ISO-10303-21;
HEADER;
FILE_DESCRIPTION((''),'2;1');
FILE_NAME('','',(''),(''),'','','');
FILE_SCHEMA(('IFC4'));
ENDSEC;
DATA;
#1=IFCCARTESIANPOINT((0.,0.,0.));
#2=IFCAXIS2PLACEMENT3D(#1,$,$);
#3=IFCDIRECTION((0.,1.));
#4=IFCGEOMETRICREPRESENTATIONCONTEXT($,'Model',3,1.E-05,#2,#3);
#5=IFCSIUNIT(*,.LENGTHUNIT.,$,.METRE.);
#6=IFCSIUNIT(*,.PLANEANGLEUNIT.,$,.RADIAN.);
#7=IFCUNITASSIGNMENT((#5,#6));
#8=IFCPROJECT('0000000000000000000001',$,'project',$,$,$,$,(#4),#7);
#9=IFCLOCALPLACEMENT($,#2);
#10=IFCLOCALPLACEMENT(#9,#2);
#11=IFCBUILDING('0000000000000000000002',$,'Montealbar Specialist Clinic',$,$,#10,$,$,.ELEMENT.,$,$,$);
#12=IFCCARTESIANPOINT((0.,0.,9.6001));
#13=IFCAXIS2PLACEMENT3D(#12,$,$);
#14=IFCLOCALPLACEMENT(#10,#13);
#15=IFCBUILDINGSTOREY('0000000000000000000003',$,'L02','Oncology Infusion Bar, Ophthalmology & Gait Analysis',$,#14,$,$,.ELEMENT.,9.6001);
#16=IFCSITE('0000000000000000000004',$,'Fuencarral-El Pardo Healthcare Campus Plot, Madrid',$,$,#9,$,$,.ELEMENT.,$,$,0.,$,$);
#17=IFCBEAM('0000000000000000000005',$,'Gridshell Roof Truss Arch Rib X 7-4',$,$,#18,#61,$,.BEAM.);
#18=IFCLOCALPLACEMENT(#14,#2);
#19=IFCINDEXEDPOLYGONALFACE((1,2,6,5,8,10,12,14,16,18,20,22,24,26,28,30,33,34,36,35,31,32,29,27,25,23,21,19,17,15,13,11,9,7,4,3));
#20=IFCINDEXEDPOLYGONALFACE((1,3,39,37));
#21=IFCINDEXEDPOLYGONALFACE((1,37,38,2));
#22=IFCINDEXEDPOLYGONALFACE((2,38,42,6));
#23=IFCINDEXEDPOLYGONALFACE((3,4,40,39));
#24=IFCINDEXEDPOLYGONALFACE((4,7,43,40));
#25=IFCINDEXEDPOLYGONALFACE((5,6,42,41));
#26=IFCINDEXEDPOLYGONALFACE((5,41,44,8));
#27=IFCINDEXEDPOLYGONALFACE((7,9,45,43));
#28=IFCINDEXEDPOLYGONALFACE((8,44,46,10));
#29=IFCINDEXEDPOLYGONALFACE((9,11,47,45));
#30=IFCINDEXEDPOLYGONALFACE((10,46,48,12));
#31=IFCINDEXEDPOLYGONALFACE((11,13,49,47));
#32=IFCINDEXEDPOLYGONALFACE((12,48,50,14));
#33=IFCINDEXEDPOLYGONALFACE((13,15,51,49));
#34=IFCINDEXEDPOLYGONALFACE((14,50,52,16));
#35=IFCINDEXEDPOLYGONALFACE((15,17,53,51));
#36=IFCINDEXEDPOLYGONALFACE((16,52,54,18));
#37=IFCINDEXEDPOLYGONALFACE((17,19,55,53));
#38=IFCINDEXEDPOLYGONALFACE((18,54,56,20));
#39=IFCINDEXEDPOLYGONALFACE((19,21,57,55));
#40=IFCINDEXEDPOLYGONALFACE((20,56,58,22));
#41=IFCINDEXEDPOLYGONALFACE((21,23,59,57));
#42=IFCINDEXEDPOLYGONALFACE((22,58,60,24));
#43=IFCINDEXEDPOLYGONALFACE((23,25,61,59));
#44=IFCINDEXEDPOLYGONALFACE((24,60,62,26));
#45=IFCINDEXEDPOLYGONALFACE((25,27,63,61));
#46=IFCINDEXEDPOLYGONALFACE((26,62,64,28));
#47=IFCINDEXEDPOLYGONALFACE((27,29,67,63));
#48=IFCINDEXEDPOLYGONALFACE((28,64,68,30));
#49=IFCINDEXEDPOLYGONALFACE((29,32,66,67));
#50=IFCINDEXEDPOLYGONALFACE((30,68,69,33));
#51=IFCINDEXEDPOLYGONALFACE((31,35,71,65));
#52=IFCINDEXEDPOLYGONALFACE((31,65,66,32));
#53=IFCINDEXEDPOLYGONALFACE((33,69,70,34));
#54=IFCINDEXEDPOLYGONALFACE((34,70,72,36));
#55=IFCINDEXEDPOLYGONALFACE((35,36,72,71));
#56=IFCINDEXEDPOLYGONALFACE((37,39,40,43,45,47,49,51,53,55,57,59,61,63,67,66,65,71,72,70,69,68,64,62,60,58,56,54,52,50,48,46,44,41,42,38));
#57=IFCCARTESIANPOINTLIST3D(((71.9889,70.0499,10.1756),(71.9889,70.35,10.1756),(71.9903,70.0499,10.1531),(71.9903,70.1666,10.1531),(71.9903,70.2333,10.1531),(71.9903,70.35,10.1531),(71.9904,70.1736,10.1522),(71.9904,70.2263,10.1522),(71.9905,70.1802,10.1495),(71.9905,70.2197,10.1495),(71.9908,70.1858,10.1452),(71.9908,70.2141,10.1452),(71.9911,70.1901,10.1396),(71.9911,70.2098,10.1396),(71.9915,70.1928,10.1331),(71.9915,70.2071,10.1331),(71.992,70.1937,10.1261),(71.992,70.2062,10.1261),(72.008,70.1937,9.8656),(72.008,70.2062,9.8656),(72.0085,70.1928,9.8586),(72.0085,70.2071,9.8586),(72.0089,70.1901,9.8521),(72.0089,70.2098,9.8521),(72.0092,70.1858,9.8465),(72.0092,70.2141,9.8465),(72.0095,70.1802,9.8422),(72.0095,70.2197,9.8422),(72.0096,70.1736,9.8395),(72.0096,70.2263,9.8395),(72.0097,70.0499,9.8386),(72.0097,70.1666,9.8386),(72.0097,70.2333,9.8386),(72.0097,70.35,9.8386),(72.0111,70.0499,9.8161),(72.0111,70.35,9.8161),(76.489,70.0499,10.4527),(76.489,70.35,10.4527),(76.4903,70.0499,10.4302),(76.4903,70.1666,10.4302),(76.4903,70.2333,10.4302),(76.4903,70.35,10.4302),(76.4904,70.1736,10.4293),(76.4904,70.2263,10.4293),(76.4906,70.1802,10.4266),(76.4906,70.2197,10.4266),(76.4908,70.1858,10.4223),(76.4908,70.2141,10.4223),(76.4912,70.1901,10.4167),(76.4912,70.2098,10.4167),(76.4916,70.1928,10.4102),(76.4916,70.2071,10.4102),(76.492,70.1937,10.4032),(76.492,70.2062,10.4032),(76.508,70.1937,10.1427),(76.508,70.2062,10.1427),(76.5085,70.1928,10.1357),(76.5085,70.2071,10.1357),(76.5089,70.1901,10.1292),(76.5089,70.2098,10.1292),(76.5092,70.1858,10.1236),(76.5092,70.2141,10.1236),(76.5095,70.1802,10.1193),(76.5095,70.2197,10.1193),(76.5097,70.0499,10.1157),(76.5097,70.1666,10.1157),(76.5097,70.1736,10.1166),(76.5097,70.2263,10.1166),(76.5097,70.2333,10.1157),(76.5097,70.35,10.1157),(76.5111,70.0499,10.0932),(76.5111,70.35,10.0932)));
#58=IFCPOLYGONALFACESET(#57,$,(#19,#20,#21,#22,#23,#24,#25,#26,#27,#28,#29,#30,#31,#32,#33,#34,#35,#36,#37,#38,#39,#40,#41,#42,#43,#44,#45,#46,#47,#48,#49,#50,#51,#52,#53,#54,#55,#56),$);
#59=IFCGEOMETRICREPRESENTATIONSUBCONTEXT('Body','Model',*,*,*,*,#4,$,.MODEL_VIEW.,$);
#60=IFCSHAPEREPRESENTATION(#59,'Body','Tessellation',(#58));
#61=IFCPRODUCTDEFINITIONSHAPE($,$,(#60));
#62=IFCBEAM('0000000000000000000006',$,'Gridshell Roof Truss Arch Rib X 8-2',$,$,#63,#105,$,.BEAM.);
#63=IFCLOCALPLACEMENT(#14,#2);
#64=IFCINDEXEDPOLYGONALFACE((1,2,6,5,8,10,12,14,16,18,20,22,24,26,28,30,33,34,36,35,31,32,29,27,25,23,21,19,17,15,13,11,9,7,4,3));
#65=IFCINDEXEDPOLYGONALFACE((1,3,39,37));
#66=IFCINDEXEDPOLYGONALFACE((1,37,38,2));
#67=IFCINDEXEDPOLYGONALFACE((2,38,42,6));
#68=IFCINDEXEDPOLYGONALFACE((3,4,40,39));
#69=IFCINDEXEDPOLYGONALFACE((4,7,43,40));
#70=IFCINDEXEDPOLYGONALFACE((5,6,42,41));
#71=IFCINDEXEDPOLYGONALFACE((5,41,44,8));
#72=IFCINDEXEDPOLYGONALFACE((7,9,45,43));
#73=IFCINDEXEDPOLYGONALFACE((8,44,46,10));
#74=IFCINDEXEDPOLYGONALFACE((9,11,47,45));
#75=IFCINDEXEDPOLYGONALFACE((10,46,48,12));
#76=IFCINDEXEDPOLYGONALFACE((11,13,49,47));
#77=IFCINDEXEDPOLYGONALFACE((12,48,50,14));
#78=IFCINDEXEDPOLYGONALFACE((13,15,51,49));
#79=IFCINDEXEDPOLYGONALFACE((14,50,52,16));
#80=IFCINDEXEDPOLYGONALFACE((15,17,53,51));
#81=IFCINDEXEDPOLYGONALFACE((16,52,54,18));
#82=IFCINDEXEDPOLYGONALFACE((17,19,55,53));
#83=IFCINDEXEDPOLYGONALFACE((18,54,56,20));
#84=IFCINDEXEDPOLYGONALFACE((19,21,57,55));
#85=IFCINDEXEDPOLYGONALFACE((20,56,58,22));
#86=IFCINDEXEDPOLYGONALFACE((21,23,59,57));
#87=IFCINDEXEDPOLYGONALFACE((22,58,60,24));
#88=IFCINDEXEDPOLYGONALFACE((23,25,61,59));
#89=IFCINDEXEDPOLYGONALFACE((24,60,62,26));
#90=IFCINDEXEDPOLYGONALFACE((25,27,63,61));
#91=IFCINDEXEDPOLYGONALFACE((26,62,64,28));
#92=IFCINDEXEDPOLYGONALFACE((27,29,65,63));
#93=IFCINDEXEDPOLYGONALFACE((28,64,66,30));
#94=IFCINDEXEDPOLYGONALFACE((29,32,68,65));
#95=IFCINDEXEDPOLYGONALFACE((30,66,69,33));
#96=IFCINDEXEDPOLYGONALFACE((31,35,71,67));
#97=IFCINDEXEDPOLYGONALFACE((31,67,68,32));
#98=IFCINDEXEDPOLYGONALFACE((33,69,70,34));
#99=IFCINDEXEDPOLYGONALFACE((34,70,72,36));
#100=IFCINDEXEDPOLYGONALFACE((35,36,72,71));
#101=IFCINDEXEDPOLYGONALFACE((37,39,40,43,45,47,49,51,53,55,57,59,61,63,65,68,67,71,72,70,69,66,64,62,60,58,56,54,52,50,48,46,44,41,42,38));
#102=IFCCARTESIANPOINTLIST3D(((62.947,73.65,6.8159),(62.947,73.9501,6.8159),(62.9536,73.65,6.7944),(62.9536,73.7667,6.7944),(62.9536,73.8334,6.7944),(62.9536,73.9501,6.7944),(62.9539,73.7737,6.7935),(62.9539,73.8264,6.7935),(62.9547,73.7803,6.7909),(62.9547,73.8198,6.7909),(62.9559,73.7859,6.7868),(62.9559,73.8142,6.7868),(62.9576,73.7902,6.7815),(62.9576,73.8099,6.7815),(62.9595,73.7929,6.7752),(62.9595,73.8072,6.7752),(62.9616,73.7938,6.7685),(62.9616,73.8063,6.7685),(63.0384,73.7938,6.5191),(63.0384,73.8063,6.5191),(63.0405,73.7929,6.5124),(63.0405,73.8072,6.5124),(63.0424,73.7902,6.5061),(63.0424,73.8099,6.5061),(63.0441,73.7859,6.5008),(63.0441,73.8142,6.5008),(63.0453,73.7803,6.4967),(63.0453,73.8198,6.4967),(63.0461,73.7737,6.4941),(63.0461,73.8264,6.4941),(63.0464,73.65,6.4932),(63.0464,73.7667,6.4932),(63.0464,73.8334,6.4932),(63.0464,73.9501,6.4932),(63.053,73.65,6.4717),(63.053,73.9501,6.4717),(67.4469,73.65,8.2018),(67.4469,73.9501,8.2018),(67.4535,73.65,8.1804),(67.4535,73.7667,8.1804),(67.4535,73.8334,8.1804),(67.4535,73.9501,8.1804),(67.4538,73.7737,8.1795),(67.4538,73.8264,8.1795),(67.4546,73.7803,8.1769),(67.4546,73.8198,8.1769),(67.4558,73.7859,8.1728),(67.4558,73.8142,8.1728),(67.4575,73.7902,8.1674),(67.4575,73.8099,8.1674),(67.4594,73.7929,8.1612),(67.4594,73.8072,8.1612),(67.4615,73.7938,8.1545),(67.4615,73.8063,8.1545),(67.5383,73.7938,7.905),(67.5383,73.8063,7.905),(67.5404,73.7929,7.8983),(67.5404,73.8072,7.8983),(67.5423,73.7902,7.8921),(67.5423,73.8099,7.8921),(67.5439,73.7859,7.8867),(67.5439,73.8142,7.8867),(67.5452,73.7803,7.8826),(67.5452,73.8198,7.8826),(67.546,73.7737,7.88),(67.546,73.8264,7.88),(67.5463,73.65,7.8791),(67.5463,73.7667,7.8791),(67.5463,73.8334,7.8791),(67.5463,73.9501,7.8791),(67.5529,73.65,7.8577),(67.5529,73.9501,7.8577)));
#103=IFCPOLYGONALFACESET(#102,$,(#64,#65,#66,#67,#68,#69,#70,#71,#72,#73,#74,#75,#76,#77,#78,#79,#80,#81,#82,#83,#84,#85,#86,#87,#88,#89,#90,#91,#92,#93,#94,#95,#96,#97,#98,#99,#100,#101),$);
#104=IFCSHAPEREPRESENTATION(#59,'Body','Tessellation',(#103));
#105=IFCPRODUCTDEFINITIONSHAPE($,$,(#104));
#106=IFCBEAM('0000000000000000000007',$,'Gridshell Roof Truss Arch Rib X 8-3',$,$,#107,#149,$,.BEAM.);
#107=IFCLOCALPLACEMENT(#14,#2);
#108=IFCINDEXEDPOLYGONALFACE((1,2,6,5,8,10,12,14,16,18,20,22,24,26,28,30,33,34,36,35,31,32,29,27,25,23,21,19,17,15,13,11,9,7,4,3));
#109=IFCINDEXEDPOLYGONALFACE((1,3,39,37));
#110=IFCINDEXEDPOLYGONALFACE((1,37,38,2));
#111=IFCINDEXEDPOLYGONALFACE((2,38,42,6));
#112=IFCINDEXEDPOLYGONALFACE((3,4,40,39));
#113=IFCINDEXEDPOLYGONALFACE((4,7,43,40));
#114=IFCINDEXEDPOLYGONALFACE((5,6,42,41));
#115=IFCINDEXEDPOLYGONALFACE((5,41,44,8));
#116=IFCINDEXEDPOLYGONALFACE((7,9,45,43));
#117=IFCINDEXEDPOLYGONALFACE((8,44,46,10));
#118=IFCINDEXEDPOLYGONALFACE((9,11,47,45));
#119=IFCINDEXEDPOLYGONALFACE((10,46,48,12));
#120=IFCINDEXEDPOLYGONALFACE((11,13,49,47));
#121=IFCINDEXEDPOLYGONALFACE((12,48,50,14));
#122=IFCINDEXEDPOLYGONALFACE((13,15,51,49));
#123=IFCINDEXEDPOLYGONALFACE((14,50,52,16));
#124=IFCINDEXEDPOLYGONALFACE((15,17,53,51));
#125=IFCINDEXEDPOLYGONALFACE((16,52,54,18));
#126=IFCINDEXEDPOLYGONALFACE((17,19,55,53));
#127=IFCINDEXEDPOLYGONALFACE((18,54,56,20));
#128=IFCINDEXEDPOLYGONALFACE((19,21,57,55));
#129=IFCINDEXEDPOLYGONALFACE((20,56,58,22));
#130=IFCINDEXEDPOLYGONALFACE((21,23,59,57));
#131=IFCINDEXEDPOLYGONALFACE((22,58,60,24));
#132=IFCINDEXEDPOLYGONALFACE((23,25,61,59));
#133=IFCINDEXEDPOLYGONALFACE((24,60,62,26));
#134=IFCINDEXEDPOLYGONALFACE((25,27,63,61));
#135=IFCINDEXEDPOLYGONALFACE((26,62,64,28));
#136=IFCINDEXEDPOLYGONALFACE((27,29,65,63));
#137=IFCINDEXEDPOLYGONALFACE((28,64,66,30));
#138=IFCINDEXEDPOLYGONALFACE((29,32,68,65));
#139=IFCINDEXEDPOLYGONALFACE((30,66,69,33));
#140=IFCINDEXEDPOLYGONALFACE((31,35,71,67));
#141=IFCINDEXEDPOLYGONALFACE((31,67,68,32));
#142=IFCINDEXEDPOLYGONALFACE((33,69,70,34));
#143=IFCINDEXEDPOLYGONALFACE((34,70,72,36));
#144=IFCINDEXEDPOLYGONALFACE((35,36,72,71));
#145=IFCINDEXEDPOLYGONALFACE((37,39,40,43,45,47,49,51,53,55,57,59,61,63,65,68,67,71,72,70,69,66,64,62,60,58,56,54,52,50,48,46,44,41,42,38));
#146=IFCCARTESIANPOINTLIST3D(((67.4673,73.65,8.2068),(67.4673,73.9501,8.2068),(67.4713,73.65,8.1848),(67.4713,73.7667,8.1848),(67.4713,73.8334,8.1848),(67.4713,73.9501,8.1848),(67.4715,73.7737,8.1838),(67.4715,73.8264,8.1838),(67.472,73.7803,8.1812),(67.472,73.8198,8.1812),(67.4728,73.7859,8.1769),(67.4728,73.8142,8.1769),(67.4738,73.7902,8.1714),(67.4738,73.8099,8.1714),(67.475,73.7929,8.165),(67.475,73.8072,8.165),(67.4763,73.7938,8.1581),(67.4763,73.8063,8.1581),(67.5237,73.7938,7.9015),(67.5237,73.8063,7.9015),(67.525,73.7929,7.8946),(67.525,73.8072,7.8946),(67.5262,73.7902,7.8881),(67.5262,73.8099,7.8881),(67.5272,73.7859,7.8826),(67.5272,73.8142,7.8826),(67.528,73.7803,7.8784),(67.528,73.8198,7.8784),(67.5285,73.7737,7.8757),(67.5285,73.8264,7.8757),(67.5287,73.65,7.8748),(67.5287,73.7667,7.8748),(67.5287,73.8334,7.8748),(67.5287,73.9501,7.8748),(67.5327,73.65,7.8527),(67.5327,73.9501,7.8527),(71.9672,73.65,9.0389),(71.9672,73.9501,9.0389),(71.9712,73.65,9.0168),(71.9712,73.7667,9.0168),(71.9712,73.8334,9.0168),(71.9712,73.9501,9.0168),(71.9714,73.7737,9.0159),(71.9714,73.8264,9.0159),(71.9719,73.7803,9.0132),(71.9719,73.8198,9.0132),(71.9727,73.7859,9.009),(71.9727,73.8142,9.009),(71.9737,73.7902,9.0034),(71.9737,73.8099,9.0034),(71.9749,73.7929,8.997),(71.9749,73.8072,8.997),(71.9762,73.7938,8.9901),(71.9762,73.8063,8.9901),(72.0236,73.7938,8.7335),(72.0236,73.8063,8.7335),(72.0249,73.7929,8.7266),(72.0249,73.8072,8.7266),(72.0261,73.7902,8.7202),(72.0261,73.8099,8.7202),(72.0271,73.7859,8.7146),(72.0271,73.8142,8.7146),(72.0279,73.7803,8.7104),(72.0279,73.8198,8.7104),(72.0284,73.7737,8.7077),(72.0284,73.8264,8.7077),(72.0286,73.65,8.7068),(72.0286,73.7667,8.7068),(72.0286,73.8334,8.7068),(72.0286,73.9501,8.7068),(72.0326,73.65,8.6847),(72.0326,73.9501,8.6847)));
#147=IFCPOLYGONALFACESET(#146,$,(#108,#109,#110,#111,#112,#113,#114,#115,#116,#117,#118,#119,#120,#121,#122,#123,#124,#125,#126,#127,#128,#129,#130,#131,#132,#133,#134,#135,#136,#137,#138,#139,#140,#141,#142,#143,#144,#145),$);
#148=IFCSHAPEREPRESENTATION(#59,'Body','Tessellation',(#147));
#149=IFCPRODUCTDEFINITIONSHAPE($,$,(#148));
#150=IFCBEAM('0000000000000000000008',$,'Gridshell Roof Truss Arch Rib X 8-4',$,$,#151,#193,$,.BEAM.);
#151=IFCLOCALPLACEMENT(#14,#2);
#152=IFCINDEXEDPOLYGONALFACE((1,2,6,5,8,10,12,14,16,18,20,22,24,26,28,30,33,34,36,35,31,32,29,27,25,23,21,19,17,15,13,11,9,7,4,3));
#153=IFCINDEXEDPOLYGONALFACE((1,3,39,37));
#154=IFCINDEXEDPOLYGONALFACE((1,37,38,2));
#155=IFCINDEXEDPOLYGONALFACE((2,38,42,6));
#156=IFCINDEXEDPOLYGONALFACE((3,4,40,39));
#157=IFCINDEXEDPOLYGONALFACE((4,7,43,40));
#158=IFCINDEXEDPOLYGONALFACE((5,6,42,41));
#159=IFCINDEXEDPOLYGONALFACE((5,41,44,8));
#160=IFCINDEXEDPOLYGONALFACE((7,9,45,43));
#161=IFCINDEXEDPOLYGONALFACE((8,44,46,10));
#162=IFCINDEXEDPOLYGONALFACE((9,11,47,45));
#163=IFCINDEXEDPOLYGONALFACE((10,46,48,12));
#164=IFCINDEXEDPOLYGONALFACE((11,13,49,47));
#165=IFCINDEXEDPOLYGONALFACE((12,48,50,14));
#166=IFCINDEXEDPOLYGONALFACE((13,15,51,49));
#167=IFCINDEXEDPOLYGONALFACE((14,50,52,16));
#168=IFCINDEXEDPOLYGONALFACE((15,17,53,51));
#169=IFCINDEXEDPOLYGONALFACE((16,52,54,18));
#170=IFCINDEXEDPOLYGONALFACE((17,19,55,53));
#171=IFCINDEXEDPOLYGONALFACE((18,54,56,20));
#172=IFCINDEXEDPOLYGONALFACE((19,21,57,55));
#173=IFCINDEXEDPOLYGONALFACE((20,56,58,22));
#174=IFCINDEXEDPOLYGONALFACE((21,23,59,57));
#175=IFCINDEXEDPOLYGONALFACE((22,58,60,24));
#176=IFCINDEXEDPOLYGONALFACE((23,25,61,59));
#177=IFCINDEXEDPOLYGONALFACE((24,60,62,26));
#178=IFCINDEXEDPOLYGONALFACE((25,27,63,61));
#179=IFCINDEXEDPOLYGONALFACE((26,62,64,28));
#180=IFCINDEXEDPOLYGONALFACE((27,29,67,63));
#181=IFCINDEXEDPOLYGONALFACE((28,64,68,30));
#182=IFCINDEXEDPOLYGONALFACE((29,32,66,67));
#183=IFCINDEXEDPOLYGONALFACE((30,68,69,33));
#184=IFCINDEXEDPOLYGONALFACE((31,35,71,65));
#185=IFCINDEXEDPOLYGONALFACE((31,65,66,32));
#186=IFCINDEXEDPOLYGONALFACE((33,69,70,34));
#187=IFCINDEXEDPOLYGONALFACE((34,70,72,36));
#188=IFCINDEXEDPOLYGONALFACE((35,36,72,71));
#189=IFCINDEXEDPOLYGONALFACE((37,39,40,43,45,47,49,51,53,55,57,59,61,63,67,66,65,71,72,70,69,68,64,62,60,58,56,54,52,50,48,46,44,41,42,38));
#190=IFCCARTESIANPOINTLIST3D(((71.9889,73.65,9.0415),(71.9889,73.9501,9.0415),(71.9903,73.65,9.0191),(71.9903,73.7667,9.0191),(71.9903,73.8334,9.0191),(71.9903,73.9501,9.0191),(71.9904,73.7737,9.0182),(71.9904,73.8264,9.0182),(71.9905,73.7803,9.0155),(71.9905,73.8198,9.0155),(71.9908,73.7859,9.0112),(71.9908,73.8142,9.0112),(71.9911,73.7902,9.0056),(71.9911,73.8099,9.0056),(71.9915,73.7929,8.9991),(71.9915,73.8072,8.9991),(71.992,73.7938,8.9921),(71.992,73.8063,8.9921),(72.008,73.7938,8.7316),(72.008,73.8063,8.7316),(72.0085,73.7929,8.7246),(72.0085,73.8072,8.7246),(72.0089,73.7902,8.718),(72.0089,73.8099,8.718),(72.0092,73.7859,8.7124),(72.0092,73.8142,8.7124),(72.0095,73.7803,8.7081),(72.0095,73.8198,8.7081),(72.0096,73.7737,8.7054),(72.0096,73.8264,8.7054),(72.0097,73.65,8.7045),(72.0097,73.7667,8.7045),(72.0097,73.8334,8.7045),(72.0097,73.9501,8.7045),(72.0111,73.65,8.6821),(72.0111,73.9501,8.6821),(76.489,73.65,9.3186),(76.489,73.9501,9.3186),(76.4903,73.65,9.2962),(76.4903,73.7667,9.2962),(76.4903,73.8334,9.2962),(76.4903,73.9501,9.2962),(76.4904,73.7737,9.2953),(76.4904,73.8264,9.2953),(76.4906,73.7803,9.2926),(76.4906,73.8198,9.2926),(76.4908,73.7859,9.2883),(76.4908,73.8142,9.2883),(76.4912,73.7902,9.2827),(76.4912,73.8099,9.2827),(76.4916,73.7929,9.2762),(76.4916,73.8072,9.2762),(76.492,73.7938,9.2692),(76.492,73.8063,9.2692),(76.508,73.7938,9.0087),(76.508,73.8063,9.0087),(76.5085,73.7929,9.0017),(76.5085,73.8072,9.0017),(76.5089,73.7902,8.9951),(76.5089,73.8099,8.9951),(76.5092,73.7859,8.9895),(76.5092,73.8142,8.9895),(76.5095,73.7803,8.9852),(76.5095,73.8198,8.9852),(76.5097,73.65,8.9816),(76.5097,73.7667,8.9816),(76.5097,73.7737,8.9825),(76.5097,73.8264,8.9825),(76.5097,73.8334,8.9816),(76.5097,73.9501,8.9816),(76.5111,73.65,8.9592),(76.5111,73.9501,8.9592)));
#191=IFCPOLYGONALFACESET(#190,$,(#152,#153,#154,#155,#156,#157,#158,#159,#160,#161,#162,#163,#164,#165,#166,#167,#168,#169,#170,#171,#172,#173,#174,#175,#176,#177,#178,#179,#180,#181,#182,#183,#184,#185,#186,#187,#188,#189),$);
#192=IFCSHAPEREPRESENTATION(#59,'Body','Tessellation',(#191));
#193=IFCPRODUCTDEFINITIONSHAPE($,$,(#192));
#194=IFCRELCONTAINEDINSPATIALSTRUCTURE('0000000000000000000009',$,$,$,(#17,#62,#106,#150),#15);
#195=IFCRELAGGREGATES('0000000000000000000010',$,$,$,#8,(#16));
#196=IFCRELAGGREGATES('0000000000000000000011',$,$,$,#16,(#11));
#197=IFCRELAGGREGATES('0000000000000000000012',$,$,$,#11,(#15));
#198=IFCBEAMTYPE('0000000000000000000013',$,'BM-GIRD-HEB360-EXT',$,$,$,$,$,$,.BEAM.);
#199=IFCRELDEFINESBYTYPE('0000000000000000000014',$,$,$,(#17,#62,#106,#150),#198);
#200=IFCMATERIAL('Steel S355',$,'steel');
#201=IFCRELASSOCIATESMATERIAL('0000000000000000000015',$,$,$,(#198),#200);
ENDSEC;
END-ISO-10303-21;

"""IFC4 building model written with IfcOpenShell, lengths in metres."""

from ifc_helpers import new_model, si_unit, direction, frame, origin, origin_2d, place, context, subcontext, project, spatial, i_section, extrude, material, material_profile, profile_set, type_object, element, save


model = new_model("IFC4")

# Units and contexts
model_context = context("Model", 3, precision=1e-05, world=origin(), true_north=direction((0.0, 1.0)))
body_context = subcontext(model_context, "Body", "Model", "MODEL_VIEW")
ifc_project = project(units=[si_unit("LENGTHUNIT", "METRE"), si_unit("PLANEANGLEUNIT", "RADIAN")], contexts=[model_context])

# Site, building, storey
site_placement = place(None, origin())
site = spatial("IfcSite", under=ifc_project, at=site_placement, Name="Fuencarral-El Pardo Healthcare Campus Plot, Madrid", CompositionType="ELEMENT", RefElevation=0.0)
building_placement = place(site_placement, origin())
building = spatial("IfcBuilding", under=site, at=building_placement, Name="Montealbar Specialist Clinic", CompositionType="ELEMENT")
storey_placement = place(building_placement, frame((0.0, 0.0, 9.6001)))
storey = spatial("IfcBuildingStorey", under=building, at=storey_placement, Name="L02", Description="Oncology Infusion Bar, Ophthalmology & Gait Analysis", CompositionType="ELEMENT", Elevation=9.6001)

# Beams
ifc_material_1 = material(Name="Steel S355", Category="steel")
ifc_material_profile_1 = material_profile(ifc_material_1, i_section(OverallWidth=0.3, OverallDepth=0.3601, WebThickness=0.0125, FlangeThickness=0.0225, FilletRadius=0.0271, at=origin_2d()), Name="HEB 360", Category="steel")
ifc_profile_set_1 = profile_set([ifc_material_profile_1], Name="Steel S355")
beam_type_1 = type_object("IfcBeamType", Name="BM-GIRD-HEB360-EXT", PredefinedType="BEAM", material=ifc_profile_set_1)
beam_1_placement = place(storey_placement, frame((72.0, 70.2, 9.9958), z_axis=(0.998109, 0.0, 0.061461), x_axis=(0.0, 1.0, 0.0)))
element("IfcBeam", 1, at=beam_1_placement, inside=storey, type_object=beam_type_1, Name="Gridshell Roof Truss Arch Rib X 7-4", PredefinedType="BEAM", context=body_context, shape_type="SweptSolid", body=[
    extrude(i_section(OverallWidth=0.3, OverallDepth=0.3601, WebThickness=0.0125, FlangeThickness=0.0225, FilletRadius=0.0271, at=origin_2d()), origin(), (0.0, 0.0, 1.0), 4.5085),
])
beam_2_placement = place(storey_placement, frame((63.0, 73.8, 6.6438), z_axis=(0.955697, 0.0, 0.294352), x_axis=(0.0, 1.0, 0.0)))
element("IfcBeam", 2, at=beam_2_placement, inside=storey, type_object=beam_type_1, Name="Gridshell Roof Truss Arch Rib X 8-2", PredefinedType="BEAM", context=body_context, shape_type="SweptSolid", body=[
    extrude(i_section(OverallWidth=0.3, OverallDepth=0.3601, WebThickness=0.0125, FlangeThickness=0.0225, FilletRadius=0.0271, at=origin_2d()), origin(), (0.0, 0.0, 1.0), 4.7085),
])
beam_3_placement = place(storey_placement, frame((67.5, 73.8, 8.0298), z_axis=(0.983333, 0.0, 0.181814), x_axis=(0.0, 1.0, 0.0)))
element("IfcBeam", 3, at=beam_3_placement, inside=storey, type_object=beam_type_1, Name="Gridshell Roof Truss Arch Rib X 8-3", PredefinedType="BEAM", context=body_context, shape_type="SweptSolid", body=[
    extrude(i_section(OverallWidth=0.3, OverallDepth=0.3601, WebThickness=0.0125, FlangeThickness=0.0225, FilletRadius=0.0271, at=origin_2d()), origin(), (0.0, 0.0, 1.0), 4.5762),
])
beam_4_placement = place(storey_placement, frame((72.0, 73.8, 8.8618), z_axis=(0.998109, 0.0, 0.061461), x_axis=(0.0, 1.0, 0.0)))
element("IfcBeam", 4, at=beam_4_placement, inside=storey, type_object=beam_type_1, Name="Gridshell Roof Truss Arch Rib X 8-4", PredefinedType="BEAM", context=body_context, shape_type="SweptSolid", body=[
    extrude(i_section(OverallWidth=0.3, OverallDepth=0.3601, WebThickness=0.0125, FlangeThickness=0.0225, FilletRadius=0.0271, at=origin_2d()), origin(), (0.0, 0.0, 1.0), 4.5085),
])

save(model, "model.ifc")
